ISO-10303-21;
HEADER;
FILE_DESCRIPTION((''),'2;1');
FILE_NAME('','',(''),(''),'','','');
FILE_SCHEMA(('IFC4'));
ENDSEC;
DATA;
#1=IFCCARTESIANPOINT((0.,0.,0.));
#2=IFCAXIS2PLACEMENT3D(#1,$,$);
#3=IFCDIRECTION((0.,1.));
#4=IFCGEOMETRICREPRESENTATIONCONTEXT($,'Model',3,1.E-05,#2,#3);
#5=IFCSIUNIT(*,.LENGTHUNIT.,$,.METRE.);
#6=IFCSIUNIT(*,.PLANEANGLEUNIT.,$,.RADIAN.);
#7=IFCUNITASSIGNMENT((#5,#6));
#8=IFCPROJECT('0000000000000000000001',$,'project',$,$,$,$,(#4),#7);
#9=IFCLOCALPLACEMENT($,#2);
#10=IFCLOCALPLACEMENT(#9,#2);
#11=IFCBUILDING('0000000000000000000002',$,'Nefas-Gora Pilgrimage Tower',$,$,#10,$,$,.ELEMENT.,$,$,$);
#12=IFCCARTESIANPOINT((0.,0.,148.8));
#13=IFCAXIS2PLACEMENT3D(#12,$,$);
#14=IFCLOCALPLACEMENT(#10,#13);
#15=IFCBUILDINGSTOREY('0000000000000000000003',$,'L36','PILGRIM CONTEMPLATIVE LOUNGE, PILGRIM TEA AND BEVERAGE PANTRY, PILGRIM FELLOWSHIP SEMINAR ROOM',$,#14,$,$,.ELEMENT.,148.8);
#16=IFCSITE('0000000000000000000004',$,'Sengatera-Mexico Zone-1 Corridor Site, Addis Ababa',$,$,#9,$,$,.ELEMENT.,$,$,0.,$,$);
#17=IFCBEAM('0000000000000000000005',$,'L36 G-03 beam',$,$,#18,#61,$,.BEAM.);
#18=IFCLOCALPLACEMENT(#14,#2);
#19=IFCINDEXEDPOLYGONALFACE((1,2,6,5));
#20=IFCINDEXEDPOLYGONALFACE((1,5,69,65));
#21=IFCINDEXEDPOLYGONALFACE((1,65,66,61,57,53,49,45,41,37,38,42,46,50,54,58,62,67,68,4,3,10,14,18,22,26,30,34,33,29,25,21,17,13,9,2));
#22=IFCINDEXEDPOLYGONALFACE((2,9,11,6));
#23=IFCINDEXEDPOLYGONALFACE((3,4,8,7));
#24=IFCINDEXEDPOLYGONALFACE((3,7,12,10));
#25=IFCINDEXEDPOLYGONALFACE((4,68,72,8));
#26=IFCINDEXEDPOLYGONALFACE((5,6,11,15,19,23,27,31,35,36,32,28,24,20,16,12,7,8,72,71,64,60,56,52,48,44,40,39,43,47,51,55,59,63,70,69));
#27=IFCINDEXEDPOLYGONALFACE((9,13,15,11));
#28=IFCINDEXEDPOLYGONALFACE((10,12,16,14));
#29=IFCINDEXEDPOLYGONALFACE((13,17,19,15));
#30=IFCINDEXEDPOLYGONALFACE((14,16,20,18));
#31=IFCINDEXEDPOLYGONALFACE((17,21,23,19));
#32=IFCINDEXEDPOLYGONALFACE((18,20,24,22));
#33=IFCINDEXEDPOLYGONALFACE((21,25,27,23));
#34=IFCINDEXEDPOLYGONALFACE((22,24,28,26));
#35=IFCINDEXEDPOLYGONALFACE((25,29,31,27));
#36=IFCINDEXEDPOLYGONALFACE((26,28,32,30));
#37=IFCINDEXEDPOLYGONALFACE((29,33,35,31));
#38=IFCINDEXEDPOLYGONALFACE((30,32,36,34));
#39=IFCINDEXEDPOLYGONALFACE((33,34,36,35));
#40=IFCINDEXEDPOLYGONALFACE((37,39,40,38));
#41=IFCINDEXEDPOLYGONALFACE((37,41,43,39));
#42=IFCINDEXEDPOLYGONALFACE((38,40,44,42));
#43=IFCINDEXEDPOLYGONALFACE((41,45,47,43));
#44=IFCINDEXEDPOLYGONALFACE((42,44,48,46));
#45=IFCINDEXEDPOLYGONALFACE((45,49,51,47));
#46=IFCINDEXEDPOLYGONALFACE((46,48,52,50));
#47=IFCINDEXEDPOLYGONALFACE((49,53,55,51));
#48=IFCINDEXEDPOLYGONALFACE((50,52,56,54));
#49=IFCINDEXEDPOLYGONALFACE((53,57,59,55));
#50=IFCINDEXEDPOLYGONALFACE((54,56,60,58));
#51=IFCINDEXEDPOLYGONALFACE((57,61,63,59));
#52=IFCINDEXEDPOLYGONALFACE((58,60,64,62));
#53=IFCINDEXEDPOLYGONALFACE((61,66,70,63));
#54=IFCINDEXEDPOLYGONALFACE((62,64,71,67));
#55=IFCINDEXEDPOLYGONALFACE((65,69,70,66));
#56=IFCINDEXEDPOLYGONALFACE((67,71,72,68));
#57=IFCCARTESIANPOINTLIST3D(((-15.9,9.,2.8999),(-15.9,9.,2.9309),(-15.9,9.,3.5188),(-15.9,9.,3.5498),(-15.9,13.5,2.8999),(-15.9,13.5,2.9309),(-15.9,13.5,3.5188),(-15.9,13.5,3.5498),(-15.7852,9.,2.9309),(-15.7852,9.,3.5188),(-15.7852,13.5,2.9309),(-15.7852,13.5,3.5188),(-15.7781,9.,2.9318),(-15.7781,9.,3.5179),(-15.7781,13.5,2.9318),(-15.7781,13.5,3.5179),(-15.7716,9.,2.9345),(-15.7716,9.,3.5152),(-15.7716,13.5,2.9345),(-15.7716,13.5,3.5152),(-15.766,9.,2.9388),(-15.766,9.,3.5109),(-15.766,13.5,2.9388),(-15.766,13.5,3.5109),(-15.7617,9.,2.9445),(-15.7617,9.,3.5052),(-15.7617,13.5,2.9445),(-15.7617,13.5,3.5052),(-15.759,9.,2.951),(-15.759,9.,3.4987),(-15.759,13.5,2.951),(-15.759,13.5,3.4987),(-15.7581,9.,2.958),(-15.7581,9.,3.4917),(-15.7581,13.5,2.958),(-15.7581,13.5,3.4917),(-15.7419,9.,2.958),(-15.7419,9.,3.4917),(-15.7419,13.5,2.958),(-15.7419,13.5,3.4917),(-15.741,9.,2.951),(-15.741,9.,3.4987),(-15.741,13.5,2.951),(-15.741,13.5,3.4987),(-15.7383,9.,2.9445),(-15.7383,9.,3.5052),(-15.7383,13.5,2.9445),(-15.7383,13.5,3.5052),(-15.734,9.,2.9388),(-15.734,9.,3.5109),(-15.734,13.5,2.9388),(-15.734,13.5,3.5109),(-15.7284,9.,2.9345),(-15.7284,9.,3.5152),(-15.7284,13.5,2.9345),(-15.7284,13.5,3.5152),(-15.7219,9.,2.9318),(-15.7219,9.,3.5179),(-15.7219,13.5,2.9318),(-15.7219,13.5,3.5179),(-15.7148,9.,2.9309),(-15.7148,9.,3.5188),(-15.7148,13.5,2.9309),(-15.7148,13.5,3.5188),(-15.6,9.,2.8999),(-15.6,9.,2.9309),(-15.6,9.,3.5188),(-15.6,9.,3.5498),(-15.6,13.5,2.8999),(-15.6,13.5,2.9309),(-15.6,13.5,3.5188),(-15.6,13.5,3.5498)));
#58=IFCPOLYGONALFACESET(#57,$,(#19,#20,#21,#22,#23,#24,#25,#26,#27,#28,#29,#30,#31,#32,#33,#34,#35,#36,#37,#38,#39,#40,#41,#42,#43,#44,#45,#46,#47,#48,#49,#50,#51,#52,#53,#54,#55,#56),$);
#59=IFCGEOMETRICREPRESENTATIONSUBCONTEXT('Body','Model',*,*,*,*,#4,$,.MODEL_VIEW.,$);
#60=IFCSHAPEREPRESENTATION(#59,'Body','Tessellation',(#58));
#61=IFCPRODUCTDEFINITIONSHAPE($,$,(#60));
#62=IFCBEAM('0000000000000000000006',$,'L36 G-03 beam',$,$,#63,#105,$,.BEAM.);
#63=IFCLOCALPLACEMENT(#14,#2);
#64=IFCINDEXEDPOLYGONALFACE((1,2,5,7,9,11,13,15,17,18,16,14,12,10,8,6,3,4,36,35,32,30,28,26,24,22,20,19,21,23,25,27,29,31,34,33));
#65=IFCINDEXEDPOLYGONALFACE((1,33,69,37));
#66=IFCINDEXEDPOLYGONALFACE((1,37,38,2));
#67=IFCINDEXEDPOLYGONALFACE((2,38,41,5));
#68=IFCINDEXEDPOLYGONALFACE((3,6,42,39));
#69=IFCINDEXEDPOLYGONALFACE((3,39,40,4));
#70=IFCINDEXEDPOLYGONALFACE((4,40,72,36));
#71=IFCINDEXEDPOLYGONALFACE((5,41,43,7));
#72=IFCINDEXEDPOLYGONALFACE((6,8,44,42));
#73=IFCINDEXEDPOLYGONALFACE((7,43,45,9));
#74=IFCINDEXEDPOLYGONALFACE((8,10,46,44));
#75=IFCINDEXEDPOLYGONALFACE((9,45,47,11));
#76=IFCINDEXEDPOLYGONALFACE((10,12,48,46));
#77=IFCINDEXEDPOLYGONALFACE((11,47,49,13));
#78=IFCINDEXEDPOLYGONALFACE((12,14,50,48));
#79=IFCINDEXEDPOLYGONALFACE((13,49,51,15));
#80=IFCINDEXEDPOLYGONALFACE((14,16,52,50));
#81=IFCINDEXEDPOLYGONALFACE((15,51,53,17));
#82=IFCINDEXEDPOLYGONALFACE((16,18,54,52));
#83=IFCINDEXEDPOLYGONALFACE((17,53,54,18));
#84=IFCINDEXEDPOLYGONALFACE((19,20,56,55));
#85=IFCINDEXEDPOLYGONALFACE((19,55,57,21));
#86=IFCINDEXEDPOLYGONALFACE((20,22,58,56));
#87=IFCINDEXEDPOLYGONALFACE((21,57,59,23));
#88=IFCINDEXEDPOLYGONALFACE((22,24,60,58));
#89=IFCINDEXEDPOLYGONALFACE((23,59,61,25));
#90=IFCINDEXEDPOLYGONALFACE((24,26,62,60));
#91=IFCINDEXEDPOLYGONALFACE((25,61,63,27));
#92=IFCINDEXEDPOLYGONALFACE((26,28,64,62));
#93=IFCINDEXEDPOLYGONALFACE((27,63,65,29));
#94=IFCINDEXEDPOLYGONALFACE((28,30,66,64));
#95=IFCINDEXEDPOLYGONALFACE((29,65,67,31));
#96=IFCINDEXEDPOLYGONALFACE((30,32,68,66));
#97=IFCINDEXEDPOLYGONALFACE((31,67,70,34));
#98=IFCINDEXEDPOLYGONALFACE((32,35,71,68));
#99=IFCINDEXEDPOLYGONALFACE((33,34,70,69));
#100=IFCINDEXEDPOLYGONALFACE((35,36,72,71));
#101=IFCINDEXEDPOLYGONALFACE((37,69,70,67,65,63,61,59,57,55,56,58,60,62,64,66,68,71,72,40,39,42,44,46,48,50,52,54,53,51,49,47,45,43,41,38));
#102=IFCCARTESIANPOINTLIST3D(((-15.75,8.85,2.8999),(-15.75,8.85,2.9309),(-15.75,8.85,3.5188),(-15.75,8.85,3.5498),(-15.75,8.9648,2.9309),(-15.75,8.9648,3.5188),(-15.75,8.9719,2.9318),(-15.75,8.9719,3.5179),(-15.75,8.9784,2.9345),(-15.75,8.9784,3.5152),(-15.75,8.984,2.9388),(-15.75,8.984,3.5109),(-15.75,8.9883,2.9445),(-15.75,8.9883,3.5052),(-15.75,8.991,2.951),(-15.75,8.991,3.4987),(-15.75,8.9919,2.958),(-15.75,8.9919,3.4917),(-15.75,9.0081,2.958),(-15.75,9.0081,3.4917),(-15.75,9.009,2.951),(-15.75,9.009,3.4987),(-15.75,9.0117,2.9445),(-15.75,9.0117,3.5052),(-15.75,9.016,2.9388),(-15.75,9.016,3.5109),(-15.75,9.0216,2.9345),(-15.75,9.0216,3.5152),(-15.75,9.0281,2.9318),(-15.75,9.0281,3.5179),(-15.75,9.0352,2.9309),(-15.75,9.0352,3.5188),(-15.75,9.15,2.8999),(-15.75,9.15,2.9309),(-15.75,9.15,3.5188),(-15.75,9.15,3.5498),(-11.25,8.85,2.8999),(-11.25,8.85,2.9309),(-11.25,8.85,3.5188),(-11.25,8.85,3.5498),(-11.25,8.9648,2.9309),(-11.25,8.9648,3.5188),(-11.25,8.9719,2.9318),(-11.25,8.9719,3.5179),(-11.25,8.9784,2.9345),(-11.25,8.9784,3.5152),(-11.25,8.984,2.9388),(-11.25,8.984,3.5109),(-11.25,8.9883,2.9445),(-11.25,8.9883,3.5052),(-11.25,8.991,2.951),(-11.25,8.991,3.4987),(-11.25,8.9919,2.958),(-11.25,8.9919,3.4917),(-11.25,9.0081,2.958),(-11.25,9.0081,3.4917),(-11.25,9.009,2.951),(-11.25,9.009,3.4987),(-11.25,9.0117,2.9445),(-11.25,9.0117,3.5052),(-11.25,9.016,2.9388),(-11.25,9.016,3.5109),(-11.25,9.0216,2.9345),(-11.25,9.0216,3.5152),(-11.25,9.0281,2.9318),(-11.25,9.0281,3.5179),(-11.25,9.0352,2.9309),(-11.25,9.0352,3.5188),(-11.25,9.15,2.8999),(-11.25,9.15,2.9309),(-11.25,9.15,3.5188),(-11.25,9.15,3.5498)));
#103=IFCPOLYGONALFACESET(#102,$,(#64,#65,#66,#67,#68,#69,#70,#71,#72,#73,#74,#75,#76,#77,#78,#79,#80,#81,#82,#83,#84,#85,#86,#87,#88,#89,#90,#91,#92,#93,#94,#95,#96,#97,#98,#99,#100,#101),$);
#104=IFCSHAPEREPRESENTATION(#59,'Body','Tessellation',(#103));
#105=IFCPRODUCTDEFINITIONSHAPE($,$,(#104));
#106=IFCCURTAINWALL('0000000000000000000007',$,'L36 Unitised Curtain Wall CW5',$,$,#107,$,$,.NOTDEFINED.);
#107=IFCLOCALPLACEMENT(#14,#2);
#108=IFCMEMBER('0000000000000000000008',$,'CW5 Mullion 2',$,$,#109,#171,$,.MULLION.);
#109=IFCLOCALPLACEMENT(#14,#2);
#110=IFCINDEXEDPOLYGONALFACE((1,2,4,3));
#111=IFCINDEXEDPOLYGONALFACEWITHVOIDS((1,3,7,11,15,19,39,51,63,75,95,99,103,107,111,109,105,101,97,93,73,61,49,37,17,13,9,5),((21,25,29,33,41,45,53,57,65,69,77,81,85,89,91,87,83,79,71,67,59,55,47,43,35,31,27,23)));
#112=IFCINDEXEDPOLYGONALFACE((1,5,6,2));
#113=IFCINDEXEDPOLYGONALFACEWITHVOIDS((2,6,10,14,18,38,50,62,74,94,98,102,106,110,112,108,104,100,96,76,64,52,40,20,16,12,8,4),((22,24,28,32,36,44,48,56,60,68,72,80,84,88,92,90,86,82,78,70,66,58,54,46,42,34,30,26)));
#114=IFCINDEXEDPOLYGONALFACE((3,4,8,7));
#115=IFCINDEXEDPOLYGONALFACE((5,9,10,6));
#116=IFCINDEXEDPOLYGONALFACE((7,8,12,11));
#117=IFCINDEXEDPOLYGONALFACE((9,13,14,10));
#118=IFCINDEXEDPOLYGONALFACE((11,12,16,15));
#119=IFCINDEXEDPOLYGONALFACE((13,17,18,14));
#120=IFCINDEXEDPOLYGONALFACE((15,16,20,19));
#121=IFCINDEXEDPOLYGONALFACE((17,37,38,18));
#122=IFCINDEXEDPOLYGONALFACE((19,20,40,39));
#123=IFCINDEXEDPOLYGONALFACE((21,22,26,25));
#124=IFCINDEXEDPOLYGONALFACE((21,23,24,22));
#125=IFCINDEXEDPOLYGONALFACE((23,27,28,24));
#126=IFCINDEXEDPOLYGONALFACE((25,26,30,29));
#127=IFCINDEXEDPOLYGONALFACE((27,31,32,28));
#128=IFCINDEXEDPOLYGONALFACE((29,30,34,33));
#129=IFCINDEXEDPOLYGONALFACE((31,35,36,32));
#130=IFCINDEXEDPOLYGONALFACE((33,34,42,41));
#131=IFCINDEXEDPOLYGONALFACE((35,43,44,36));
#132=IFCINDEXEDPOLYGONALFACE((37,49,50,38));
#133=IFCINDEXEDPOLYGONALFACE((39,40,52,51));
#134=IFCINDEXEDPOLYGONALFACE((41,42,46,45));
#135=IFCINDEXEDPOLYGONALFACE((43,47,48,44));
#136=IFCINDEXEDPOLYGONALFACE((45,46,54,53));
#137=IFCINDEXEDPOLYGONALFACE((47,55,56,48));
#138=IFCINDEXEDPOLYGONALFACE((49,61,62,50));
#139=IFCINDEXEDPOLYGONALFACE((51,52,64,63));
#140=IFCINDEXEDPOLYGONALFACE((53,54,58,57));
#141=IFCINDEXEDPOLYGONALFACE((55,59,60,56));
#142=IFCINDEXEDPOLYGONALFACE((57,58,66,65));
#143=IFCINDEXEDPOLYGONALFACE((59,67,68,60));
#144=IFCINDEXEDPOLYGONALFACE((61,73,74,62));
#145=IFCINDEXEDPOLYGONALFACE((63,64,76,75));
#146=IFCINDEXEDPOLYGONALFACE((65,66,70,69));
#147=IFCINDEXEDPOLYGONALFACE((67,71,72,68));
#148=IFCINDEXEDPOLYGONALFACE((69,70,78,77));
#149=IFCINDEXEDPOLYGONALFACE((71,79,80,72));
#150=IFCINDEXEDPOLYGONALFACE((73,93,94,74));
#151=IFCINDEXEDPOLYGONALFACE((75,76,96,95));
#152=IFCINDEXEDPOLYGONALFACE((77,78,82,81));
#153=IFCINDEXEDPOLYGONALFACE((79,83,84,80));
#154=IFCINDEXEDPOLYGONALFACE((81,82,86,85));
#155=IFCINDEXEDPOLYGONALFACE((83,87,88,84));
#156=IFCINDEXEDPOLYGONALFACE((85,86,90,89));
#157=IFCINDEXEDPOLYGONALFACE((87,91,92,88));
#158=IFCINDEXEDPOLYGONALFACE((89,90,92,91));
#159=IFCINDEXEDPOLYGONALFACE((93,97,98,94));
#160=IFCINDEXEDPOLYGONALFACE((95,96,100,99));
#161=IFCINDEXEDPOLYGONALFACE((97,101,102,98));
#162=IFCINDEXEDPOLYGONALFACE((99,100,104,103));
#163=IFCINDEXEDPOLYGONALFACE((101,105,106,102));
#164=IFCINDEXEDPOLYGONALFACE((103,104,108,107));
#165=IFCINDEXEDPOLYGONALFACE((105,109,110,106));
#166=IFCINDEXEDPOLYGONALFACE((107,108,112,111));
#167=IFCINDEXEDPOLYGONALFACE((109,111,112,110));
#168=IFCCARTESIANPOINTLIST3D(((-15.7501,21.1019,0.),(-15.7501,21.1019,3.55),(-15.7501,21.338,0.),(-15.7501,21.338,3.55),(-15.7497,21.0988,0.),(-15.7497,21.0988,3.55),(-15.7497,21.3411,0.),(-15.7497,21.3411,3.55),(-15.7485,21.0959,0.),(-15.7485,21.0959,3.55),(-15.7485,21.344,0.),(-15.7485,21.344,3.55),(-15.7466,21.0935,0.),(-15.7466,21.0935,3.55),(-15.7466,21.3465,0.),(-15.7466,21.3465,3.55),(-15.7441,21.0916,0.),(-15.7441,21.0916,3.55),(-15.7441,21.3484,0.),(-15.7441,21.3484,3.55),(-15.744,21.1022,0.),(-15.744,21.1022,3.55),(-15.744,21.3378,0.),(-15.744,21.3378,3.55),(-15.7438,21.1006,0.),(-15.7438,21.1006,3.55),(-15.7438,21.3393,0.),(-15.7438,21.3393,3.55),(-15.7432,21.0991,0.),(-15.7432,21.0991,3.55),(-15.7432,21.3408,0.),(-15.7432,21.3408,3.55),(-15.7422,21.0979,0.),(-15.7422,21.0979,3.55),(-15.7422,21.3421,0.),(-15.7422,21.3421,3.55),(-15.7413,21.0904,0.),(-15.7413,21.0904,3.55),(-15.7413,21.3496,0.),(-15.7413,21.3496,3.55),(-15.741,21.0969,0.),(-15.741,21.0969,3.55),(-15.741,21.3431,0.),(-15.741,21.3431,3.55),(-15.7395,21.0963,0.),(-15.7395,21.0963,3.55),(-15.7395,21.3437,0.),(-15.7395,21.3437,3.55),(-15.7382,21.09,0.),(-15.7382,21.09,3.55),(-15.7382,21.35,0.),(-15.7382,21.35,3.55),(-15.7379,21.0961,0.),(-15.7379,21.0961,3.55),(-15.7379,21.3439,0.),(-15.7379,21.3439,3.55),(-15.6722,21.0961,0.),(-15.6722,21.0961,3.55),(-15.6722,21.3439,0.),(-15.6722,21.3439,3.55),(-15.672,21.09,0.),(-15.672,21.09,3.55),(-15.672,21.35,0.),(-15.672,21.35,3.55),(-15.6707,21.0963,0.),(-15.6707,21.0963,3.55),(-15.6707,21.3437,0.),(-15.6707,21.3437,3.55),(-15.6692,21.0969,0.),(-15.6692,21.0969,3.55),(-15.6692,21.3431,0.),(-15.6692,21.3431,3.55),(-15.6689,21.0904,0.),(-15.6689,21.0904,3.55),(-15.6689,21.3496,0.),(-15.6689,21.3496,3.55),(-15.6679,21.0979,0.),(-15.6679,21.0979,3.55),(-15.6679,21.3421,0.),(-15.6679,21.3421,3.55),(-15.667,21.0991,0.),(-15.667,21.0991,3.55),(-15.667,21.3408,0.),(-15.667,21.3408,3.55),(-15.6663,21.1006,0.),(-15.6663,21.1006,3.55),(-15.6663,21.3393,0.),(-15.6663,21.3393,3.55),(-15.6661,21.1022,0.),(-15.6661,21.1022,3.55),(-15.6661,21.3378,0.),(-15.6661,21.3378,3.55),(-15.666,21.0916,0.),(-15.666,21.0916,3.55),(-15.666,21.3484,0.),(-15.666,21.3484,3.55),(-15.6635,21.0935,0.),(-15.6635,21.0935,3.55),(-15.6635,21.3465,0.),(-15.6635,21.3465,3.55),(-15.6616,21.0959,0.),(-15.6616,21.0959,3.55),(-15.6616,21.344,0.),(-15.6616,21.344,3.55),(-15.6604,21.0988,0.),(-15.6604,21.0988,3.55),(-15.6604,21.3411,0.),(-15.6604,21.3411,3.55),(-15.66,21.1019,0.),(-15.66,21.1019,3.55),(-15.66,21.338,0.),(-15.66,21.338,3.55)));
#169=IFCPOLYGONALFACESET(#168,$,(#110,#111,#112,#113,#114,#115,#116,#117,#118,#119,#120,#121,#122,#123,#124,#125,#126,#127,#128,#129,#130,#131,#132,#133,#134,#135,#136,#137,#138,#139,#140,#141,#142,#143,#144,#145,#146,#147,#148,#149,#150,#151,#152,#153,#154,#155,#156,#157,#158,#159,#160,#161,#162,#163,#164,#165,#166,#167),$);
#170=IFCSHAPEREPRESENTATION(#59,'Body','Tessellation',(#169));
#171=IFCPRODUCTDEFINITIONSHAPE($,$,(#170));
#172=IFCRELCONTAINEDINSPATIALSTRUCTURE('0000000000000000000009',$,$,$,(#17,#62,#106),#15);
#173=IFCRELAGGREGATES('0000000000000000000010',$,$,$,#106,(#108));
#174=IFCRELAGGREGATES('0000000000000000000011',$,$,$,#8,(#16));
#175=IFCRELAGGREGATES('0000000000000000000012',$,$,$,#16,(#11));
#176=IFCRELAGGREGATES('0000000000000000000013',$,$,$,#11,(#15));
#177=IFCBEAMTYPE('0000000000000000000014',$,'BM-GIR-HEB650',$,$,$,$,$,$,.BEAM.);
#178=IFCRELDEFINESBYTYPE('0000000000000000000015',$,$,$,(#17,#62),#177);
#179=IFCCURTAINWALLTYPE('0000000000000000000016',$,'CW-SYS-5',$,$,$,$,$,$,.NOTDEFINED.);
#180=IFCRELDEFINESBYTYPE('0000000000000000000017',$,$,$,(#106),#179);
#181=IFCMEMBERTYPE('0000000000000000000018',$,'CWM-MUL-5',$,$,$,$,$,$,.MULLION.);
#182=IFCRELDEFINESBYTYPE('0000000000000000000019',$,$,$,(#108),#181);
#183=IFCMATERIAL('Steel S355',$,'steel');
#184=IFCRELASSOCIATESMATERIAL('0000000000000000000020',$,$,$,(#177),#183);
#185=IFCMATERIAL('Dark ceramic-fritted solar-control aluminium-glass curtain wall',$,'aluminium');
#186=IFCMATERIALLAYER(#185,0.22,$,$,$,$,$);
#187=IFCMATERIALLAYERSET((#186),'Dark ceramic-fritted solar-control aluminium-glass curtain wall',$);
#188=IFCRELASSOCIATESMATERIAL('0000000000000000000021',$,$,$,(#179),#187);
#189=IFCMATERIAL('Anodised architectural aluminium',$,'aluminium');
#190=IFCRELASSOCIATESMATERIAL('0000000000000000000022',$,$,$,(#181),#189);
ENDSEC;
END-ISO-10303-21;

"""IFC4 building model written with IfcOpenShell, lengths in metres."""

from ifc_helpers import new_model, si_unit, direction, frame, origin, origin_2d, place, context, subcontext, project, spatial, hollow_rectangle, i_section, extrude, source, transform, mapped, material, layer, layer_set, material_profile, profile_set, type_object, element, aggregate, save


model = new_model("IFC4")

# Units and contexts
model_context = context("Model", 3, precision=1e-05, world=origin(), true_north=direction((0.0, 1.0)))
body_context = subcontext(model_context, "Body", "Model", "MODEL_VIEW")
ifc_project = project(units=[si_unit("LENGTHUNIT", "METRE"), si_unit("PLANEANGLEUNIT", "RADIAN")], contexts=[model_context])

# Site, building, storey
site_placement = place(None, origin())
site = spatial("IfcSite", under=ifc_project, at=site_placement, Name="Sengatera-Mexico Zone-1 Corridor Site, Addis Ababa", CompositionType="ELEMENT", RefElevation=0.0)
building_placement = place(site_placement, origin())
building = spatial("IfcBuilding", under=site, at=building_placement, Name="Nefas-Gora Pilgrimage Tower", CompositionType="ELEMENT")
storey_placement = place(building_placement, frame((0.0, 0.0, 148.8)))
storey = spatial("IfcBuildingStorey", under=building, at=storey_placement, Name="L36", Description="PILGRIM CONTEMPLATIVE LOUNGE, PILGRIM TEA AND BEVERAGE PANTRY, PILGRIM FELLOWSHIP SEMINAR ROOM", CompositionType="ELEMENT", Elevation=148.8)

# Beams
ifc_material_1 = material(Name="Steel S355", Category="steel")
ifc_material_profile_1 = material_profile(ifc_material_1, i_section(OverallWidth=0.3, OverallDepth=0.6499, WebThickness=0.0161, FlangeThickness=0.031, FilletRadius=0.0271, at=origin_2d()), Name="HEB 650")
ifc_profile_set_1 = profile_set([ifc_material_profile_1], Name="Steel S355")
beam_type_1 = type_object("IfcBeamType", Name="BM-GIR-HEB650", PredefinedType="BEAM", material=ifc_profile_set_1)
shared_shape_1 = source(origin(), body_context, "Body", "SweptSolid", [
    extrude(i_section(OverallWidth=0.3, OverallDepth=0.6499, WebThickness=0.0161, FlangeThickness=0.031, FilletRadius=0.0271, at=origin_2d()), origin(), (0.0, 0.0, 1.0), 4.5),
])
for number, where, z_axis, x_axis, name in (
    (1, (-15.75, 9.0, 3.2249), (0.0, 1.0, 0.0), (-1.0, 0.0, 0.0), "L36 G-03 beam"),
    (2, (-15.75, 9.0, 3.2249), (1.0, 0.0, 0.0), (0.0, 1.0, 0.0), "L36 G-03 beam"),
):
    element("IfcBeam", number, at=place(storey_placement, frame(where, z_axis=z_axis, x_axis=x_axis)), inside=storey, type_object=beam_type_1, Name=name, PredefinedType="BEAM", context=body_context, shape_type="MappedRepresentation", body=[
        mapped(shared_shape_1, transform((0.0, 0.0, 0.0), x_axis=(1.0, 0.0, 0.0), y_axis=(0.0, 1.0, 0.0), z_axis=(0.0, 0.0, 1.0), scale=1.0)),
    ])

# Curtain wall, member
ifc_material_2 = material(Name="Dark ceramic-fritted solar-control aluminium-glass curtain wall", Category="aluminium")
ifc_layer_1 = layer(ifc_material_2, 0.22)
ifc_layer_set_1 = layer_set([ifc_layer_1], Name="Dark ceramic-fritted solar-control aluminium-glass curtain wall")
curtain_wall_type_1 = type_object("IfcCurtainWallType", Name="CW-SYS-5", PredefinedType="NOTDEFINED", material=ifc_layer_set_1)
curtain_wall_1_placement = place(storey_placement, origin())
curtain_wall_1 = element("IfcCurtainWall", 3, at=curtain_wall_1_placement, inside=storey, type_object=curtain_wall_type_1, Name="L36 Unitised Curtain Wall CW5", PredefinedType="NOTDEFINED")
ifc_material_3 = material(Name="Anodised architectural aluminium", Category="aluminium")
ifc_material_profile_2 = material_profile(ifc_material_3, hollow_rectangle(XDim=0.0901, YDim=0.26, WallThickness=0.0061, InnerFilletRadius=0.0061, OuterFilletRadius=0.012, at=origin_2d()), Name="ALU MULLION 90x260")
ifc_profile_set_2 = profile_set([ifc_material_profile_2], Name="Anodised architectural aluminium")
member_type_1 = type_object("IfcMemberType", Name="CWM-MUL-5", PredefinedType="MULLION", material=ifc_profile_set_2)
shared_shape_2 = source(origin(), body_context, "Body", "SweptSolid", [
    extrude(hollow_rectangle(XDim=0.0901, YDim=0.26, WallThickness=0.0061, InnerFilletRadius=0.0061, OuterFilletRadius=0.012, at=origin_2d()), origin(), (0.0, 0.0, 1.0), 3.55),
])
member_1_placement = place(storey_placement, frame((-15.7051, 21.22, 0.0), z_axis=(0.0, 0.0, 1.0), x_axis=(-1.0, 0.0, 0.0)))
member_1 = element("IfcMember", 4, at=member_1_placement, type_object=member_type_1, Name="CW5 Mullion 2", PredefinedType="MULLION", context=body_context, shape_type="MappedRepresentation", body=[
    mapped(shared_shape_2, transform((0.0, 0.0, 0.0), x_axis=(1.0, 0.0, 0.0), y_axis=(0.0, 1.0, 0.0), z_axis=(0.0, 0.0, 1.0), scale=1.0)),
])

aggregate(curtain_wall_1, [member_1])

save(model, "model.ifc")
